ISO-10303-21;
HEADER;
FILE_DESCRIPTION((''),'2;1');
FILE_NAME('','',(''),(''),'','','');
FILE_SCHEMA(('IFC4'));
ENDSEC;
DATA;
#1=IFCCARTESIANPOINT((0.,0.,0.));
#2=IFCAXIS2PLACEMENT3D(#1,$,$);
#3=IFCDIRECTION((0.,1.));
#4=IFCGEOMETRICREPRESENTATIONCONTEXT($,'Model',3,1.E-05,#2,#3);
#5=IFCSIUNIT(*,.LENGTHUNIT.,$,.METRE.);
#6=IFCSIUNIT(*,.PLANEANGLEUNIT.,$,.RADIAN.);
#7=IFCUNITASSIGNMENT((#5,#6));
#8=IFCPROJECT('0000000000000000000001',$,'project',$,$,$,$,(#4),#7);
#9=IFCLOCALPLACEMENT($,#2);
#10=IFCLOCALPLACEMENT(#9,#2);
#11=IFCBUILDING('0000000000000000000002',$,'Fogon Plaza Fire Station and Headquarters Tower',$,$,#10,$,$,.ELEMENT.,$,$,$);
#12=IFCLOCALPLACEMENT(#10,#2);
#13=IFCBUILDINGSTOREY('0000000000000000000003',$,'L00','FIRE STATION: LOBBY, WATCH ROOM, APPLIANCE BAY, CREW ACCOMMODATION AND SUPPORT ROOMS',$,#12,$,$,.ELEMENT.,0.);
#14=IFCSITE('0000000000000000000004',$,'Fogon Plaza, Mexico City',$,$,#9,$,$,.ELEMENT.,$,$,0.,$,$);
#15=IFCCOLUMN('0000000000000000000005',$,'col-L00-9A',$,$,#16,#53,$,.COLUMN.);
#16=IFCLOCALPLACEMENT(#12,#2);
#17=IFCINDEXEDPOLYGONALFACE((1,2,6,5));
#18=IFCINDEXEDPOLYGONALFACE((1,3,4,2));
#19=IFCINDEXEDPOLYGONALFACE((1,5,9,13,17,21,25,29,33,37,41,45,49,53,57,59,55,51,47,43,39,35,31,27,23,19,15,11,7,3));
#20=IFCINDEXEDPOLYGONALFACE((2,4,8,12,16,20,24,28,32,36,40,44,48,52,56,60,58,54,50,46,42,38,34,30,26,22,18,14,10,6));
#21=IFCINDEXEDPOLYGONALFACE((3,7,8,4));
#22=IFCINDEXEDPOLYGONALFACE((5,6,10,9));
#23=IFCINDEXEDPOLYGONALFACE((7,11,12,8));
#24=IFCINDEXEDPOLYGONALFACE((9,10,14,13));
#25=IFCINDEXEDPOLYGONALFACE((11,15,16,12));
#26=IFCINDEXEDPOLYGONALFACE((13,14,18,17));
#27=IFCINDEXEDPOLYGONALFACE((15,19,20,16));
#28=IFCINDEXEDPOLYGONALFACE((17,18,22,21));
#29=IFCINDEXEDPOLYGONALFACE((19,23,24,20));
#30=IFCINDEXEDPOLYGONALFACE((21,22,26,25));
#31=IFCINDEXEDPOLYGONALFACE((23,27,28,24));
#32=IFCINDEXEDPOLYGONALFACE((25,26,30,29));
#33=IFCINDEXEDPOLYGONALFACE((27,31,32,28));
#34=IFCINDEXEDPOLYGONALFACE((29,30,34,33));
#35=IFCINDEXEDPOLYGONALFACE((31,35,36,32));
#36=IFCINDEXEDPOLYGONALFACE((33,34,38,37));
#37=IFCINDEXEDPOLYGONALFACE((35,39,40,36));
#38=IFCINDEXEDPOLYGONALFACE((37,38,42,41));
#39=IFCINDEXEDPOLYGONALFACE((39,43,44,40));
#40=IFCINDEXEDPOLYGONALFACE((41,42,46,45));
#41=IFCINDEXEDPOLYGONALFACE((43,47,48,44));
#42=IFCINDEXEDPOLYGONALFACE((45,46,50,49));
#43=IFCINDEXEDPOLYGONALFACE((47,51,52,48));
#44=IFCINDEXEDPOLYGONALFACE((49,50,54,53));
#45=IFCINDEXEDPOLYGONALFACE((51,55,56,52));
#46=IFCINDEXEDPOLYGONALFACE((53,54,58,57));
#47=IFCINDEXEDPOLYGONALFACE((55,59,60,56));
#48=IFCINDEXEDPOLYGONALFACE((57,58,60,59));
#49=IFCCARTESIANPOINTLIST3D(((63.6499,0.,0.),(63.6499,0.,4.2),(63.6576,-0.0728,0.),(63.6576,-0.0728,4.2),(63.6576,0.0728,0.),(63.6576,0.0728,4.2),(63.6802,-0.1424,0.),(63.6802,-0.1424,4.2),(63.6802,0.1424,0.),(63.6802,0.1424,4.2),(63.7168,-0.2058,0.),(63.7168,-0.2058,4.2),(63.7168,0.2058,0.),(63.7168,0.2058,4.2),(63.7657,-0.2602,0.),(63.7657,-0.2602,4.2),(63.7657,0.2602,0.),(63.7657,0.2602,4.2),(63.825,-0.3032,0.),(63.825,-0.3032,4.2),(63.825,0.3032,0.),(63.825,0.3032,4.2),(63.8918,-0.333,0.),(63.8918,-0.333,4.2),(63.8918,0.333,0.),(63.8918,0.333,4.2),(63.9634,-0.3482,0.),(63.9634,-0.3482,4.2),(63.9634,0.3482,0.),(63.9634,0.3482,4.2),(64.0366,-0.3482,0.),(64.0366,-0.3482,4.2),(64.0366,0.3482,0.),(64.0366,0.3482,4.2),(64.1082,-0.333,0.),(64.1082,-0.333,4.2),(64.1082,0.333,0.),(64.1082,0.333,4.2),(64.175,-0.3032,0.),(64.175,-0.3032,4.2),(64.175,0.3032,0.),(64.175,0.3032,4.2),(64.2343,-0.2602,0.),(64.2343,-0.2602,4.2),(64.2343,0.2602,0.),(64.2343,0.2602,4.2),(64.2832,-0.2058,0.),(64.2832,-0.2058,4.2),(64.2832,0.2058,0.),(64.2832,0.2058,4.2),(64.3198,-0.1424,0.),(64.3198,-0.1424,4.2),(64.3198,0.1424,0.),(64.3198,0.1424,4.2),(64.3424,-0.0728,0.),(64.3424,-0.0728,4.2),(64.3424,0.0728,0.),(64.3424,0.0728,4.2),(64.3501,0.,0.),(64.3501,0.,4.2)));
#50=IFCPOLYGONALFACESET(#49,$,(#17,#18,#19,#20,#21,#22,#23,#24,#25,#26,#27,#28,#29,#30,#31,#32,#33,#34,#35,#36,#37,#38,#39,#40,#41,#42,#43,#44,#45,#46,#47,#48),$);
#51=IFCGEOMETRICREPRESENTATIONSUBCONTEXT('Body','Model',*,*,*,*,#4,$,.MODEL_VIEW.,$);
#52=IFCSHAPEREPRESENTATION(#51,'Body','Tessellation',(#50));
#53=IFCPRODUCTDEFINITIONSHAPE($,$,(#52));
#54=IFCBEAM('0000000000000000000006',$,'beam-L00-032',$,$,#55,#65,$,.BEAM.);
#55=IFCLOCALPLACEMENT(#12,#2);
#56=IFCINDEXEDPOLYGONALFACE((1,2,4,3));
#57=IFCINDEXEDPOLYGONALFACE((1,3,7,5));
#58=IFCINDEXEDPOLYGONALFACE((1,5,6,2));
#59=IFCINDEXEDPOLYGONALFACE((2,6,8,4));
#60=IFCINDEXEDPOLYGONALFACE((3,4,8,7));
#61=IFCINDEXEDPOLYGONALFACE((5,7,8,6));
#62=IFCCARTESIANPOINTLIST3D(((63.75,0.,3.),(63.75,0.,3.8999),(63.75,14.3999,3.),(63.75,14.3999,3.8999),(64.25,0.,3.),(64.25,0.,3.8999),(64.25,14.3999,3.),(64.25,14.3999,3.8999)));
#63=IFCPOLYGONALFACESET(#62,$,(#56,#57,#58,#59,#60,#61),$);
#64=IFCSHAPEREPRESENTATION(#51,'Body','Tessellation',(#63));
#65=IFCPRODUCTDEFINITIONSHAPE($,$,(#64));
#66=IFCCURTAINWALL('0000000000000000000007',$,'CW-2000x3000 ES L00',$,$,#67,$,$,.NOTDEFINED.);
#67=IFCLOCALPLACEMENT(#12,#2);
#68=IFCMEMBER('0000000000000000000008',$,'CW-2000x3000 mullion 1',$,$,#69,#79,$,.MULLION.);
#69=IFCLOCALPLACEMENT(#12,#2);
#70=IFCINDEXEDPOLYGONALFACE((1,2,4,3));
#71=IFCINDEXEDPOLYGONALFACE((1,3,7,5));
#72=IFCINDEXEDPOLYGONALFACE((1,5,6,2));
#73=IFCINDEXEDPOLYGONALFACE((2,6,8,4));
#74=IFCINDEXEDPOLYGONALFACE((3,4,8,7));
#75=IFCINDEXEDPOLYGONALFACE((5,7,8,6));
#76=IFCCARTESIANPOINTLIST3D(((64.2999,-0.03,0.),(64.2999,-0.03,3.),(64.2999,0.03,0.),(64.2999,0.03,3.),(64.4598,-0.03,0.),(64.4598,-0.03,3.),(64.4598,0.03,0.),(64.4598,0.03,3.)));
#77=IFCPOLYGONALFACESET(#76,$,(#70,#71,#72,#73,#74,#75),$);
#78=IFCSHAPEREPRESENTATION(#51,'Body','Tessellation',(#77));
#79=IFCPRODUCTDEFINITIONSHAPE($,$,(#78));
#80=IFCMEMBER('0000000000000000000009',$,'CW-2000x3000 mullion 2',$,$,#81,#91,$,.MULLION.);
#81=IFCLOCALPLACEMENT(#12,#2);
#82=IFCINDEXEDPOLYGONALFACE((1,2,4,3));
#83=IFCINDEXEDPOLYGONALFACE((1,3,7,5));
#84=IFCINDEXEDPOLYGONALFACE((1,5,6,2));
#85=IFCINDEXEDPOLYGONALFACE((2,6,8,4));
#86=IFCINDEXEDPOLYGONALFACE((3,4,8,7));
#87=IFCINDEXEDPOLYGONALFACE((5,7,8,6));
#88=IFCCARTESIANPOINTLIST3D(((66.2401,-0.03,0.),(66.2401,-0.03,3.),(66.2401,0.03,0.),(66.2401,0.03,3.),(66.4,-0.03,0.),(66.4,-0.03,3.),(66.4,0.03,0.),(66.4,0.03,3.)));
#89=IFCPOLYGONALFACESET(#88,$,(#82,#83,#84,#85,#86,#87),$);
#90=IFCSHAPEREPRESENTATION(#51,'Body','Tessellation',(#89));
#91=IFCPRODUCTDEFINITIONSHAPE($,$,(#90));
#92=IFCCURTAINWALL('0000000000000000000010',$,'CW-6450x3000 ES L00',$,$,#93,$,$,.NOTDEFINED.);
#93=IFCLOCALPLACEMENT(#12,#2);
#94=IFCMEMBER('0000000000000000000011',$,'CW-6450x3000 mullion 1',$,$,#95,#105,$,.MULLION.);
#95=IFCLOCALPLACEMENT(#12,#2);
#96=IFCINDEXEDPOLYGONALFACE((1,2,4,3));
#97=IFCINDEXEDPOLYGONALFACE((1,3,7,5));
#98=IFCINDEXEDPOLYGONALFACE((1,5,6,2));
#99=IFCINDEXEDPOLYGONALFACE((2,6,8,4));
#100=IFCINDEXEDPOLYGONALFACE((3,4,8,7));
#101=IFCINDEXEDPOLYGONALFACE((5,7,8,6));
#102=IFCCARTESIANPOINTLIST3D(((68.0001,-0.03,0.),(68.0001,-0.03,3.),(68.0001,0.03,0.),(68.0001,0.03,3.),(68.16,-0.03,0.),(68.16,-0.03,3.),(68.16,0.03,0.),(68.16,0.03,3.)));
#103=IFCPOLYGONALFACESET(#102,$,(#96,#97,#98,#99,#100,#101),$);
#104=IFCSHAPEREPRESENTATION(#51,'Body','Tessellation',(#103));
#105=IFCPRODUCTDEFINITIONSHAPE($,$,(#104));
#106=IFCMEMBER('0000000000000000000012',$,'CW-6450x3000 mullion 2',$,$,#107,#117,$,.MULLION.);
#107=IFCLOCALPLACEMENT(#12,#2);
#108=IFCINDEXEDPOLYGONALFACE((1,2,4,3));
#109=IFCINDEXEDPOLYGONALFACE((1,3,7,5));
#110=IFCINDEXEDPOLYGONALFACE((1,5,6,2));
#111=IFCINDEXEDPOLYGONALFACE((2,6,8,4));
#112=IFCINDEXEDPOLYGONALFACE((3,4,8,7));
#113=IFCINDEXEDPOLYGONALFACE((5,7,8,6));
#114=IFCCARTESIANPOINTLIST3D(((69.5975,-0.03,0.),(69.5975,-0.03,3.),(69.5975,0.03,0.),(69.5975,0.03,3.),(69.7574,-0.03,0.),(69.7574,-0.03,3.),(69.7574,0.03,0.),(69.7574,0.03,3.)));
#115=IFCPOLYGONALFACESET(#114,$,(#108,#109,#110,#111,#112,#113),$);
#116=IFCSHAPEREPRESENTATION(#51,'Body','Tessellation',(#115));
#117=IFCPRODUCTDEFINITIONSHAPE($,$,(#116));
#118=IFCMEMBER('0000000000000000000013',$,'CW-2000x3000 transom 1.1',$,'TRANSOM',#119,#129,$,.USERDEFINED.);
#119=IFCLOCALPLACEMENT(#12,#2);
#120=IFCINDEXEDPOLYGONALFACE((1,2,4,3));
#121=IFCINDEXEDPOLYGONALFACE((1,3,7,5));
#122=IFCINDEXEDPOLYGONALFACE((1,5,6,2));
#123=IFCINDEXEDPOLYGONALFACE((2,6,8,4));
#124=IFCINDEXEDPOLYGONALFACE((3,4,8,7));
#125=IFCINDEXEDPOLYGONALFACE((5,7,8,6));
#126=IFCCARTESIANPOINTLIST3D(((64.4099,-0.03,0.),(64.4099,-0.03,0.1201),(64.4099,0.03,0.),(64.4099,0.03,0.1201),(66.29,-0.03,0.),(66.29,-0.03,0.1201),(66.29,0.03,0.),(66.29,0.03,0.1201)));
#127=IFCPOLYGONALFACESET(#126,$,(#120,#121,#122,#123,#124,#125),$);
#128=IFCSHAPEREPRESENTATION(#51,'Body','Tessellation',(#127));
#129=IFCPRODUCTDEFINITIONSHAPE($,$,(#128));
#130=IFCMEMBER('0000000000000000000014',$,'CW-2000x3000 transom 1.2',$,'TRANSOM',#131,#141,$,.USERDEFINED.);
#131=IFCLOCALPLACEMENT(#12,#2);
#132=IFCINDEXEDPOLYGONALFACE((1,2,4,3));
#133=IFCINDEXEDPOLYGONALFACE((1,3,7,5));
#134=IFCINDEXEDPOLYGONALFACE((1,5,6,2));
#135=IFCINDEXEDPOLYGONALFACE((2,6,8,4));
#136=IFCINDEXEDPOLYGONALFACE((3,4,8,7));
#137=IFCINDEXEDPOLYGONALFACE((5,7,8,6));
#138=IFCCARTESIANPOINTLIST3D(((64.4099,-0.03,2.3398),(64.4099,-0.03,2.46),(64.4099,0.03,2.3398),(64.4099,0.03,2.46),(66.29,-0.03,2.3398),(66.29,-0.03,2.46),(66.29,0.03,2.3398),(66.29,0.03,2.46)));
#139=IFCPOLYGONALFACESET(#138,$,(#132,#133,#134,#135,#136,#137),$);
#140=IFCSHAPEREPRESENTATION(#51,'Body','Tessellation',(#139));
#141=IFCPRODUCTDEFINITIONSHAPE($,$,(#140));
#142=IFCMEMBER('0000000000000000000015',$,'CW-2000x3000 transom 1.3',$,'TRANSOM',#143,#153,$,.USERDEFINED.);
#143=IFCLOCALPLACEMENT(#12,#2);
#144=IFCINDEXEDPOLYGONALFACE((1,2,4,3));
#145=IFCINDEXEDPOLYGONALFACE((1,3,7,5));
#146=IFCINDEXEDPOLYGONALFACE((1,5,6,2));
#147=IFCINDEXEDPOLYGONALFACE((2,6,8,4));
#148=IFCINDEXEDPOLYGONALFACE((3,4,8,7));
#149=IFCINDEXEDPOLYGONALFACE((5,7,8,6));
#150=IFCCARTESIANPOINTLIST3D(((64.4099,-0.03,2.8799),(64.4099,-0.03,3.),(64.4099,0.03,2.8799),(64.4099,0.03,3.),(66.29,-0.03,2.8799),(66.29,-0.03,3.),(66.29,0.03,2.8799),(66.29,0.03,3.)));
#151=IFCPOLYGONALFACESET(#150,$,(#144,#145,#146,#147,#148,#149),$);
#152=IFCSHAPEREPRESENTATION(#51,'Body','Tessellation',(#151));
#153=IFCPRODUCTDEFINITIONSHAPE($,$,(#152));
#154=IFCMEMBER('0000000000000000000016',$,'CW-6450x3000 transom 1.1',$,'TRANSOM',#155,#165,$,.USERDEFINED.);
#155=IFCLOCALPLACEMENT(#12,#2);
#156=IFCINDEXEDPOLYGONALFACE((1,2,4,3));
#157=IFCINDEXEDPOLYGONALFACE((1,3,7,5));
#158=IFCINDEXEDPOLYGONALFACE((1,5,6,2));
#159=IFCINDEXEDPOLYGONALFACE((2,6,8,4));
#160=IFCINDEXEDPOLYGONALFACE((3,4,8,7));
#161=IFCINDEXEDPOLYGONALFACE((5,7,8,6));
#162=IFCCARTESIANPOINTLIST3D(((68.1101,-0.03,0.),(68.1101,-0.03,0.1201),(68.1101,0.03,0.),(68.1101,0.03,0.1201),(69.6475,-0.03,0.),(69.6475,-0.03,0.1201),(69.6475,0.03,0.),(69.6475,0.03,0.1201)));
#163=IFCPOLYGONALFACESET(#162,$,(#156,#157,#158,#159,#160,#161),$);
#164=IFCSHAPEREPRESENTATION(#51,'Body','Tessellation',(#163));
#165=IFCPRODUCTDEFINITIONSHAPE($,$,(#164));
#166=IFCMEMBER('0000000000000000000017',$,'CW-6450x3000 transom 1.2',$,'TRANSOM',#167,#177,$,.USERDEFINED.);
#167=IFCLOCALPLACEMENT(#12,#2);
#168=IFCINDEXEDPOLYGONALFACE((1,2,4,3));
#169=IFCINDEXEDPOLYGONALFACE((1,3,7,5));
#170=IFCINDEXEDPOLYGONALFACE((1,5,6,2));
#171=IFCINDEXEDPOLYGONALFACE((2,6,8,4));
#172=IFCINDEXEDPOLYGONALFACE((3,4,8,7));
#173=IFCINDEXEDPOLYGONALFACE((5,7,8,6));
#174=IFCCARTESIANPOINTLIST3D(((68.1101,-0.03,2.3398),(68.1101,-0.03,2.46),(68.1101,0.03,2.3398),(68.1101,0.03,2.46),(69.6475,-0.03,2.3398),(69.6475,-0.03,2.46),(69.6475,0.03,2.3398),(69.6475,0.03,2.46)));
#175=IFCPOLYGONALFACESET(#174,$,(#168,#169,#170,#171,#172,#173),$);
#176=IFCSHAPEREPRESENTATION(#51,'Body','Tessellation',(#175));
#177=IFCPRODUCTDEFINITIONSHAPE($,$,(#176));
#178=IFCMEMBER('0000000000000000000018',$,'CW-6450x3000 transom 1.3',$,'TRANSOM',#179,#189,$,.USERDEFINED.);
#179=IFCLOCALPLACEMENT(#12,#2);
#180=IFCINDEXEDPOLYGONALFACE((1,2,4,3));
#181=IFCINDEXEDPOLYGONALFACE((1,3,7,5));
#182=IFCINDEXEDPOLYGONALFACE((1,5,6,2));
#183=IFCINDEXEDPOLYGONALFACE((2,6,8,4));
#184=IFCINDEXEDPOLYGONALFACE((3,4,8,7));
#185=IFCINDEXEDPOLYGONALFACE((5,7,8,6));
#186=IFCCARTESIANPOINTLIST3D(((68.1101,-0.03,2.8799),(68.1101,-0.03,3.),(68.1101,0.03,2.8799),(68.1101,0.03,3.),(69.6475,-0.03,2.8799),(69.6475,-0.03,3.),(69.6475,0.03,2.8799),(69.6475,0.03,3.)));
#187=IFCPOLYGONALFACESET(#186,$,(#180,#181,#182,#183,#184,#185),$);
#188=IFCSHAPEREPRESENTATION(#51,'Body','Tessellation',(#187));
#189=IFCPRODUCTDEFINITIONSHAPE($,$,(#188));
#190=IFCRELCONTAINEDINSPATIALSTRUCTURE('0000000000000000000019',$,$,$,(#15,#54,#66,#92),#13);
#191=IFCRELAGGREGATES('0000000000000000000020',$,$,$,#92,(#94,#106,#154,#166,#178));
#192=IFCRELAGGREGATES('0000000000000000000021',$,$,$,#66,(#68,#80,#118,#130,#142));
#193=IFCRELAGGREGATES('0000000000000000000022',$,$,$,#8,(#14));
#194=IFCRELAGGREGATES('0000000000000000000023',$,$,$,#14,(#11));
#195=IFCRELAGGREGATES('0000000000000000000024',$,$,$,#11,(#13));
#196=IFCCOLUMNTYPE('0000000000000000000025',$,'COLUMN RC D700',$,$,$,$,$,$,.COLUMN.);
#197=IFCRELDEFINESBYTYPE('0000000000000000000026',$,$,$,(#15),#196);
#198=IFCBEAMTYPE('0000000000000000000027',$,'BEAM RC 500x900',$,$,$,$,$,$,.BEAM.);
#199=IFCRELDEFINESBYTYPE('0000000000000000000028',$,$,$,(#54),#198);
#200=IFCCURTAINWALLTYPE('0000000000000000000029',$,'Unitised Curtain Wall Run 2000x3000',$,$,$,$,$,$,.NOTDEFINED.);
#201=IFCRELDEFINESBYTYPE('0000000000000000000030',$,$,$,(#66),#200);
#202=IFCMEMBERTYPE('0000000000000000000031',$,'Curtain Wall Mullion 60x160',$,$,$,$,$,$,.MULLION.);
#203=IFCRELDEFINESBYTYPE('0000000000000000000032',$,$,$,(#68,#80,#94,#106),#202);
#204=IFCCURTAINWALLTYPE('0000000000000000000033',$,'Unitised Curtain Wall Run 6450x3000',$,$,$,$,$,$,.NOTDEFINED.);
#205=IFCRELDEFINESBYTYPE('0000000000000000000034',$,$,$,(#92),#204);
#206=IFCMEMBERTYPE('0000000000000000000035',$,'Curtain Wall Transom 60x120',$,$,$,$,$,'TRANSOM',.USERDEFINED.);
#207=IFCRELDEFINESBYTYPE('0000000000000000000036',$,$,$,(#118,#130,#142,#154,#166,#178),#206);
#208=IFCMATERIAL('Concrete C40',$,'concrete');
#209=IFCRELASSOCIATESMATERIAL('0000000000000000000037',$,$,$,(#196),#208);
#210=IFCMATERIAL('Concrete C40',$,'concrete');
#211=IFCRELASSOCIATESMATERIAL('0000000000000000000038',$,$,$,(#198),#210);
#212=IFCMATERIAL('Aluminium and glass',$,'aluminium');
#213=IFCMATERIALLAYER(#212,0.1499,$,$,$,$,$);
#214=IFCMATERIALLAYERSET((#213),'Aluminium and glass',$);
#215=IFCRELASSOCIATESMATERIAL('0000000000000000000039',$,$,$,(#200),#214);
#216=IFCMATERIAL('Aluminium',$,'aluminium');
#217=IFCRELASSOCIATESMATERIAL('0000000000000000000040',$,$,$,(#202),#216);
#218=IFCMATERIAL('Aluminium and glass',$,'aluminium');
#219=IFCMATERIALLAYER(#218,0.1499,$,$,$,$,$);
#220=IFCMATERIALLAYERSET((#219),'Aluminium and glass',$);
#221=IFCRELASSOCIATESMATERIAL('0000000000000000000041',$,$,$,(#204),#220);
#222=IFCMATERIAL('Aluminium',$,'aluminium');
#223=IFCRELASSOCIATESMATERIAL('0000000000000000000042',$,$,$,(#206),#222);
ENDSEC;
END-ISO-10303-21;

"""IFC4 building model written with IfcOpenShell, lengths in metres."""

from ifc_helpers import new_model, si_unit, direction, frame, origin, origin_2d, place, context, subcontext, project, spatial, rectangle, circle, extrude, material, layer, layer_set, material_profile, profile_set, type_object, element, aggregate, save


model = new_model("IFC4")

# Units and contexts
model_context = context("Model", 3, precision=1e-05, world=origin(), true_north=direction((0.0, 1.0)))
body_context = subcontext(model_context, "Body", "Model", "MODEL_VIEW")
ifc_project = project(units=[si_unit("LENGTHUNIT", "METRE"), si_unit("PLANEANGLEUNIT", "RADIAN")], contexts=[model_context])

# Site, building, storey
site_placement = place(None, origin())
site = spatial("IfcSite", under=ifc_project, at=site_placement, Name="Fogon Plaza, Mexico City", CompositionType="ELEMENT", RefElevation=0.0)
building_placement = place(site_placement, origin())
building = spatial("IfcBuilding", under=site, at=building_placement, Name="Fogon Plaza Fire Station and Headquarters Tower", CompositionType="ELEMENT")
storey_placement = place(building_placement, origin())
storey = spatial("IfcBuildingStorey", under=building, at=storey_placement, Name="L00", Description="FIRE STATION: LOBBY, WATCH ROOM, APPLIANCE BAY, CREW ACCOMMODATION AND SUPPORT ROOMS", CompositionType="ELEMENT", Elevation=0.0)

# Column
ifc_material_1 = material(Name="Concrete C40", Category="concrete")
ifc_material_profile_1 = material_profile(ifc_material_1, circle(Radius=0.3501, at=origin_2d()), Name="RC D700")
ifc_profile_set_1 = profile_set([ifc_material_profile_1], Name="Concrete C40")
column_type = type_object("IfcColumnType", Name="COLUMN RC D700", PredefinedType="COLUMN", material=ifc_profile_set_1)
column_placement = place(storey_placement, frame((64.0, 0.0, 0.0), z_axis=(0.0, 0.0, 1.0), x_axis=(1.0, 0.0, 0.0)))
element("IfcColumn", 1, at=column_placement, inside=storey, type_object=column_type, Name="col-L00-9A", PredefinedType="COLUMN", context=body_context, shape_type="SweptSolid", body=[
    extrude(circle(Radius=0.3501, at=origin_2d()), origin(), (0.0, 0.0, 1.0), 4.2),
])

# Beam
ifc_material_2 = material(Name="Concrete C40", Category="concrete")
ifc_material_profile_2 = material_profile(ifc_material_2, rectangle(XDim=0.5, YDim=0.8999, at=origin_2d()), Name="RC 500x900")
ifc_profile_set_2 = profile_set([ifc_material_profile_2], Name="Concrete C40")
beam_type_1 = type_object("IfcBeamType", Name="BEAM RC 500x900", PredefinedType="BEAM", material=ifc_profile_set_2)
beam_1_placement = place(storey_placement, frame((64.0, 0.0, 3.45), z_axis=(0.0, 1.0, 0.0), x_axis=(-1.0, 0.0, 0.0)))
element("IfcBeam", 2, at=beam_1_placement, inside=storey, type_object=beam_type_1, Name="beam-L00-032", PredefinedType="BEAM", context=body_context, shape_type="SweptSolid", body=[
    extrude(rectangle(XDim=0.5, YDim=0.8999, at=origin_2d()), origin(), (0.0, 0.0, 1.0), 14.3999),
])

# Curtain walls, members
ifc_material_3 = material(Name="Aluminium and glass", Category="aluminium")
ifc_layer_1 = layer(ifc_material_3, 0.1499)
ifc_layer_set_1 = layer_set([ifc_layer_1], Name="Aluminium and glass")
curtain_wall_type_1 = type_object("IfcCurtainWallType", Name="Unitised Curtain Wall Run 2000x3000", PredefinedType="NOTDEFINED", material=ifc_layer_set_1)
curtain_wall_1_placement = place(storey_placement, origin())
curtain_wall_1 = element("IfcCurtainWall", 3, at=curtain_wall_1_placement, inside=storey, type_object=curtain_wall_type_1, Name="CW-2000x3000 ES L00", PredefinedType="NOTDEFINED")
ifc_material_4 = material(Name="Aluminium", Category="aluminium")
ifc_material_profile_3 = material_profile(ifc_material_4, rectangle(XDim=0.0601, YDim=0.1599, at=origin_2d()), Name="Curtain Wall Mullion 60x160")
ifc_profile_set_3 = profile_set([ifc_material_profile_3], Name="Aluminium")
member_type_1 = type_object("IfcMemberType", Name="Curtain Wall Mullion 60x160", PredefinedType="MULLION", material=ifc_profile_set_3)
member_1_placement = place(storey_placement, frame((64.3799, 0.0, 0.0), z_axis=(0.0, 0.0, 1.0), x_axis=(0.0, 1.0, 0.0)))
member_1 = element("IfcMember", 4, at=member_1_placement, type_object=member_type_1, Name="CW-2000x3000 mullion 1", PredefinedType="MULLION", context=body_context, shape_type="SweptSolid", body=[
    extrude(rectangle(XDim=0.0601, YDim=0.1599, at=origin_2d()), origin(), (0.0, 0.0, 1.0), 3.0),
])
member_2_placement = place(storey_placement, frame((66.3201, 0.0, 0.0), z_axis=(0.0, 0.0, 1.0), x_axis=(0.0, 1.0, 0.0)))
member_2 = element("IfcMember", 5, at=member_2_placement, type_object=member_type_1, Name="CW-2000x3000 mullion 2", PredefinedType="MULLION", context=body_context, shape_type="SweptSolid", body=[
    extrude(rectangle(XDim=0.0601, YDim=0.1599, at=origin_2d()), origin(), (0.0, 0.0, 1.0), 3.0),
])
ifc_material_5 = material(Name="Aluminium and glass", Category="aluminium")
ifc_layer_2 = layer(ifc_material_5, 0.1499)
ifc_layer_set_2 = layer_set([ifc_layer_2], Name="Aluminium and glass")
curtain_wall_type_2 = type_object("IfcCurtainWallType", Name="Unitised Curtain Wall Run 6450x3000", PredefinedType="NOTDEFINED", material=ifc_layer_set_2)
curtain_wall_2_placement = place(storey_placement, origin())
curtain_wall_2 = element("IfcCurtainWall", 6, at=curtain_wall_2_placement, inside=storey, type_object=curtain_wall_type_2, Name="CW-6450x3000 ES L00", PredefinedType="NOTDEFINED")
member_3_placement = place(storey_placement, frame((68.0801, 0.0, 0.0), z_axis=(0.0, 0.0, 1.0), x_axis=(0.0, 1.0, 0.0)))
member_3 = element("IfcMember", 7, at=member_3_placement, type_object=member_type_1, Name="CW-6450x3000 mullion 1", PredefinedType="MULLION", context=body_context, shape_type="SweptSolid", body=[
    extrude(rectangle(XDim=0.0601, YDim=0.1599, at=origin_2d()), origin(), (0.0, 0.0, 1.0), 3.0),
])
member_4_placement = place(storey_placement, frame((69.6775, 0.0, 0.0), z_axis=(0.0, 0.0, 1.0), x_axis=(0.0, 1.0, 0.0)))
member_4 = element("IfcMember", 8, at=member_4_placement, type_object=member_type_1, Name="CW-6450x3000 mullion 2", PredefinedType="MULLION", context=body_context, shape_type="SweptSolid", body=[
    extrude(rectangle(XDim=0.0601, YDim=0.1599, at=origin_2d()), origin(), (0.0, 0.0, 1.0), 3.0),
])

# Members
ifc_material_6 = material(Name="Aluminium", Category="aluminium")
ifc_material_profile_4 = material_profile(ifc_material_6, rectangle(XDim=0.0601, YDim=0.1201, at=origin_2d()), Name="Curtain Wall Transom 60x120")
ifc_profile_set_4 = profile_set([ifc_material_profile_4], Name="Aluminium")
member_type_2 = type_object("IfcMemberType", Name="Curtain Wall Transom 60x120", ElementType="TRANSOM", PredefinedType="USERDEFINED", material=ifc_profile_set_4)
member_5_placement = place(storey_placement, frame((64.4099, 0.0, 0.0601), z_axis=(1.0, 0.0, 0.0), x_axis=(0.0, 1.0, 0.0)))
member_5 = element("IfcMember", 9, at=member_5_placement, type_object=member_type_2, Name="CW-2000x3000 transom 1.1", ObjectType="TRANSOM", PredefinedType="USERDEFINED", context=body_context, shape_type="SweptSolid", body=[
    extrude(rectangle(XDim=0.0601, YDim=0.1201, at=origin_2d()), origin(), (0.0, 0.0, 1.0), 1.8801),
])
member_6_placement = place(storey_placement, frame((64.4099, 0.0, 2.3999), z_axis=(1.0, 0.0, 0.0), x_axis=(0.0, 1.0, 0.0)))
member_6 = element("IfcMember", 10, at=member_6_placement, type_object=member_type_2, Name="CW-2000x3000 transom 1.2", ObjectType="TRANSOM", PredefinedType="USERDEFINED", context=body_context, shape_type="SweptSolid", body=[
    extrude(rectangle(XDim=0.0601, YDim=0.1201, at=origin_2d()), origin(), (0.0, 0.0, 1.0), 1.8801),
])
member_7_placement = place(storey_placement, frame((64.4099, 0.0, 2.9399), z_axis=(1.0, 0.0, 0.0), x_axis=(0.0, 1.0, 0.0)))
member_7 = element("IfcMember", 11, at=member_7_placement, type_object=member_type_2, Name="CW-2000x3000 transom 1.3", ObjectType="TRANSOM", PredefinedType="USERDEFINED", context=body_context, shape_type="SweptSolid", body=[
    extrude(rectangle(XDim=0.0601, YDim=0.1201, at=origin_2d()), origin(), (0.0, 0.0, 1.0), 1.8801),
])
member_8_placement = place(storey_placement, frame((68.1101, 0.0, 0.0601), z_axis=(1.0, 0.0, 0.0), x_axis=(0.0, 1.0, 0.0)))
member_8 = element("IfcMember", 12, at=member_8_placement, type_object=member_type_2, Name="CW-6450x3000 transom 1.1", ObjectType="TRANSOM", PredefinedType="USERDEFINED", context=body_context, shape_type="SweptSolid", body=[
    extrude(rectangle(XDim=0.0601, YDim=0.1201, at=origin_2d()), origin(), (0.0, 0.0, 1.0), 1.5374),
])
member_9_placement = place(storey_placement, frame((68.1101, 0.0, 2.3999), z_axis=(1.0, 0.0, 0.0), x_axis=(0.0, 1.0, 0.0)))
member_9 = element("IfcMember", 13, at=member_9_placement, type_object=member_type_2, Name="CW-6450x3000 transom 1.2", ObjectType="TRANSOM", PredefinedType="USERDEFINED", context=body_context, shape_type="SweptSolid", body=[
    extrude(rectangle(XDim=0.0601, YDim=0.1201, at=origin_2d()), origin(), (0.0, 0.0, 1.0), 1.5374),
])
member_10_placement = place(storey_placement, frame((68.1101, 0.0, 2.9399), z_axis=(1.0, 0.0, 0.0), x_axis=(0.0, 1.0, 0.0)))
member_10 = element("IfcMember", 14, at=member_10_placement, type_object=member_type_2, Name="CW-6450x3000 transom 1.3", ObjectType="TRANSOM", PredefinedType="USERDEFINED", context=body_context, shape_type="SweptSolid", body=[
    extrude(rectangle(XDim=0.0601, YDim=0.1201, at=origin_2d()), origin(), (0.0, 0.0, 1.0), 1.5374),
])

aggregate(curtain_wall_2, [member_3, member_4, member_8, member_9, member_10])
aggregate(curtain_wall_1, [member_1, member_2, member_5, member_6, member_7])

save(model, "model.ifc")
